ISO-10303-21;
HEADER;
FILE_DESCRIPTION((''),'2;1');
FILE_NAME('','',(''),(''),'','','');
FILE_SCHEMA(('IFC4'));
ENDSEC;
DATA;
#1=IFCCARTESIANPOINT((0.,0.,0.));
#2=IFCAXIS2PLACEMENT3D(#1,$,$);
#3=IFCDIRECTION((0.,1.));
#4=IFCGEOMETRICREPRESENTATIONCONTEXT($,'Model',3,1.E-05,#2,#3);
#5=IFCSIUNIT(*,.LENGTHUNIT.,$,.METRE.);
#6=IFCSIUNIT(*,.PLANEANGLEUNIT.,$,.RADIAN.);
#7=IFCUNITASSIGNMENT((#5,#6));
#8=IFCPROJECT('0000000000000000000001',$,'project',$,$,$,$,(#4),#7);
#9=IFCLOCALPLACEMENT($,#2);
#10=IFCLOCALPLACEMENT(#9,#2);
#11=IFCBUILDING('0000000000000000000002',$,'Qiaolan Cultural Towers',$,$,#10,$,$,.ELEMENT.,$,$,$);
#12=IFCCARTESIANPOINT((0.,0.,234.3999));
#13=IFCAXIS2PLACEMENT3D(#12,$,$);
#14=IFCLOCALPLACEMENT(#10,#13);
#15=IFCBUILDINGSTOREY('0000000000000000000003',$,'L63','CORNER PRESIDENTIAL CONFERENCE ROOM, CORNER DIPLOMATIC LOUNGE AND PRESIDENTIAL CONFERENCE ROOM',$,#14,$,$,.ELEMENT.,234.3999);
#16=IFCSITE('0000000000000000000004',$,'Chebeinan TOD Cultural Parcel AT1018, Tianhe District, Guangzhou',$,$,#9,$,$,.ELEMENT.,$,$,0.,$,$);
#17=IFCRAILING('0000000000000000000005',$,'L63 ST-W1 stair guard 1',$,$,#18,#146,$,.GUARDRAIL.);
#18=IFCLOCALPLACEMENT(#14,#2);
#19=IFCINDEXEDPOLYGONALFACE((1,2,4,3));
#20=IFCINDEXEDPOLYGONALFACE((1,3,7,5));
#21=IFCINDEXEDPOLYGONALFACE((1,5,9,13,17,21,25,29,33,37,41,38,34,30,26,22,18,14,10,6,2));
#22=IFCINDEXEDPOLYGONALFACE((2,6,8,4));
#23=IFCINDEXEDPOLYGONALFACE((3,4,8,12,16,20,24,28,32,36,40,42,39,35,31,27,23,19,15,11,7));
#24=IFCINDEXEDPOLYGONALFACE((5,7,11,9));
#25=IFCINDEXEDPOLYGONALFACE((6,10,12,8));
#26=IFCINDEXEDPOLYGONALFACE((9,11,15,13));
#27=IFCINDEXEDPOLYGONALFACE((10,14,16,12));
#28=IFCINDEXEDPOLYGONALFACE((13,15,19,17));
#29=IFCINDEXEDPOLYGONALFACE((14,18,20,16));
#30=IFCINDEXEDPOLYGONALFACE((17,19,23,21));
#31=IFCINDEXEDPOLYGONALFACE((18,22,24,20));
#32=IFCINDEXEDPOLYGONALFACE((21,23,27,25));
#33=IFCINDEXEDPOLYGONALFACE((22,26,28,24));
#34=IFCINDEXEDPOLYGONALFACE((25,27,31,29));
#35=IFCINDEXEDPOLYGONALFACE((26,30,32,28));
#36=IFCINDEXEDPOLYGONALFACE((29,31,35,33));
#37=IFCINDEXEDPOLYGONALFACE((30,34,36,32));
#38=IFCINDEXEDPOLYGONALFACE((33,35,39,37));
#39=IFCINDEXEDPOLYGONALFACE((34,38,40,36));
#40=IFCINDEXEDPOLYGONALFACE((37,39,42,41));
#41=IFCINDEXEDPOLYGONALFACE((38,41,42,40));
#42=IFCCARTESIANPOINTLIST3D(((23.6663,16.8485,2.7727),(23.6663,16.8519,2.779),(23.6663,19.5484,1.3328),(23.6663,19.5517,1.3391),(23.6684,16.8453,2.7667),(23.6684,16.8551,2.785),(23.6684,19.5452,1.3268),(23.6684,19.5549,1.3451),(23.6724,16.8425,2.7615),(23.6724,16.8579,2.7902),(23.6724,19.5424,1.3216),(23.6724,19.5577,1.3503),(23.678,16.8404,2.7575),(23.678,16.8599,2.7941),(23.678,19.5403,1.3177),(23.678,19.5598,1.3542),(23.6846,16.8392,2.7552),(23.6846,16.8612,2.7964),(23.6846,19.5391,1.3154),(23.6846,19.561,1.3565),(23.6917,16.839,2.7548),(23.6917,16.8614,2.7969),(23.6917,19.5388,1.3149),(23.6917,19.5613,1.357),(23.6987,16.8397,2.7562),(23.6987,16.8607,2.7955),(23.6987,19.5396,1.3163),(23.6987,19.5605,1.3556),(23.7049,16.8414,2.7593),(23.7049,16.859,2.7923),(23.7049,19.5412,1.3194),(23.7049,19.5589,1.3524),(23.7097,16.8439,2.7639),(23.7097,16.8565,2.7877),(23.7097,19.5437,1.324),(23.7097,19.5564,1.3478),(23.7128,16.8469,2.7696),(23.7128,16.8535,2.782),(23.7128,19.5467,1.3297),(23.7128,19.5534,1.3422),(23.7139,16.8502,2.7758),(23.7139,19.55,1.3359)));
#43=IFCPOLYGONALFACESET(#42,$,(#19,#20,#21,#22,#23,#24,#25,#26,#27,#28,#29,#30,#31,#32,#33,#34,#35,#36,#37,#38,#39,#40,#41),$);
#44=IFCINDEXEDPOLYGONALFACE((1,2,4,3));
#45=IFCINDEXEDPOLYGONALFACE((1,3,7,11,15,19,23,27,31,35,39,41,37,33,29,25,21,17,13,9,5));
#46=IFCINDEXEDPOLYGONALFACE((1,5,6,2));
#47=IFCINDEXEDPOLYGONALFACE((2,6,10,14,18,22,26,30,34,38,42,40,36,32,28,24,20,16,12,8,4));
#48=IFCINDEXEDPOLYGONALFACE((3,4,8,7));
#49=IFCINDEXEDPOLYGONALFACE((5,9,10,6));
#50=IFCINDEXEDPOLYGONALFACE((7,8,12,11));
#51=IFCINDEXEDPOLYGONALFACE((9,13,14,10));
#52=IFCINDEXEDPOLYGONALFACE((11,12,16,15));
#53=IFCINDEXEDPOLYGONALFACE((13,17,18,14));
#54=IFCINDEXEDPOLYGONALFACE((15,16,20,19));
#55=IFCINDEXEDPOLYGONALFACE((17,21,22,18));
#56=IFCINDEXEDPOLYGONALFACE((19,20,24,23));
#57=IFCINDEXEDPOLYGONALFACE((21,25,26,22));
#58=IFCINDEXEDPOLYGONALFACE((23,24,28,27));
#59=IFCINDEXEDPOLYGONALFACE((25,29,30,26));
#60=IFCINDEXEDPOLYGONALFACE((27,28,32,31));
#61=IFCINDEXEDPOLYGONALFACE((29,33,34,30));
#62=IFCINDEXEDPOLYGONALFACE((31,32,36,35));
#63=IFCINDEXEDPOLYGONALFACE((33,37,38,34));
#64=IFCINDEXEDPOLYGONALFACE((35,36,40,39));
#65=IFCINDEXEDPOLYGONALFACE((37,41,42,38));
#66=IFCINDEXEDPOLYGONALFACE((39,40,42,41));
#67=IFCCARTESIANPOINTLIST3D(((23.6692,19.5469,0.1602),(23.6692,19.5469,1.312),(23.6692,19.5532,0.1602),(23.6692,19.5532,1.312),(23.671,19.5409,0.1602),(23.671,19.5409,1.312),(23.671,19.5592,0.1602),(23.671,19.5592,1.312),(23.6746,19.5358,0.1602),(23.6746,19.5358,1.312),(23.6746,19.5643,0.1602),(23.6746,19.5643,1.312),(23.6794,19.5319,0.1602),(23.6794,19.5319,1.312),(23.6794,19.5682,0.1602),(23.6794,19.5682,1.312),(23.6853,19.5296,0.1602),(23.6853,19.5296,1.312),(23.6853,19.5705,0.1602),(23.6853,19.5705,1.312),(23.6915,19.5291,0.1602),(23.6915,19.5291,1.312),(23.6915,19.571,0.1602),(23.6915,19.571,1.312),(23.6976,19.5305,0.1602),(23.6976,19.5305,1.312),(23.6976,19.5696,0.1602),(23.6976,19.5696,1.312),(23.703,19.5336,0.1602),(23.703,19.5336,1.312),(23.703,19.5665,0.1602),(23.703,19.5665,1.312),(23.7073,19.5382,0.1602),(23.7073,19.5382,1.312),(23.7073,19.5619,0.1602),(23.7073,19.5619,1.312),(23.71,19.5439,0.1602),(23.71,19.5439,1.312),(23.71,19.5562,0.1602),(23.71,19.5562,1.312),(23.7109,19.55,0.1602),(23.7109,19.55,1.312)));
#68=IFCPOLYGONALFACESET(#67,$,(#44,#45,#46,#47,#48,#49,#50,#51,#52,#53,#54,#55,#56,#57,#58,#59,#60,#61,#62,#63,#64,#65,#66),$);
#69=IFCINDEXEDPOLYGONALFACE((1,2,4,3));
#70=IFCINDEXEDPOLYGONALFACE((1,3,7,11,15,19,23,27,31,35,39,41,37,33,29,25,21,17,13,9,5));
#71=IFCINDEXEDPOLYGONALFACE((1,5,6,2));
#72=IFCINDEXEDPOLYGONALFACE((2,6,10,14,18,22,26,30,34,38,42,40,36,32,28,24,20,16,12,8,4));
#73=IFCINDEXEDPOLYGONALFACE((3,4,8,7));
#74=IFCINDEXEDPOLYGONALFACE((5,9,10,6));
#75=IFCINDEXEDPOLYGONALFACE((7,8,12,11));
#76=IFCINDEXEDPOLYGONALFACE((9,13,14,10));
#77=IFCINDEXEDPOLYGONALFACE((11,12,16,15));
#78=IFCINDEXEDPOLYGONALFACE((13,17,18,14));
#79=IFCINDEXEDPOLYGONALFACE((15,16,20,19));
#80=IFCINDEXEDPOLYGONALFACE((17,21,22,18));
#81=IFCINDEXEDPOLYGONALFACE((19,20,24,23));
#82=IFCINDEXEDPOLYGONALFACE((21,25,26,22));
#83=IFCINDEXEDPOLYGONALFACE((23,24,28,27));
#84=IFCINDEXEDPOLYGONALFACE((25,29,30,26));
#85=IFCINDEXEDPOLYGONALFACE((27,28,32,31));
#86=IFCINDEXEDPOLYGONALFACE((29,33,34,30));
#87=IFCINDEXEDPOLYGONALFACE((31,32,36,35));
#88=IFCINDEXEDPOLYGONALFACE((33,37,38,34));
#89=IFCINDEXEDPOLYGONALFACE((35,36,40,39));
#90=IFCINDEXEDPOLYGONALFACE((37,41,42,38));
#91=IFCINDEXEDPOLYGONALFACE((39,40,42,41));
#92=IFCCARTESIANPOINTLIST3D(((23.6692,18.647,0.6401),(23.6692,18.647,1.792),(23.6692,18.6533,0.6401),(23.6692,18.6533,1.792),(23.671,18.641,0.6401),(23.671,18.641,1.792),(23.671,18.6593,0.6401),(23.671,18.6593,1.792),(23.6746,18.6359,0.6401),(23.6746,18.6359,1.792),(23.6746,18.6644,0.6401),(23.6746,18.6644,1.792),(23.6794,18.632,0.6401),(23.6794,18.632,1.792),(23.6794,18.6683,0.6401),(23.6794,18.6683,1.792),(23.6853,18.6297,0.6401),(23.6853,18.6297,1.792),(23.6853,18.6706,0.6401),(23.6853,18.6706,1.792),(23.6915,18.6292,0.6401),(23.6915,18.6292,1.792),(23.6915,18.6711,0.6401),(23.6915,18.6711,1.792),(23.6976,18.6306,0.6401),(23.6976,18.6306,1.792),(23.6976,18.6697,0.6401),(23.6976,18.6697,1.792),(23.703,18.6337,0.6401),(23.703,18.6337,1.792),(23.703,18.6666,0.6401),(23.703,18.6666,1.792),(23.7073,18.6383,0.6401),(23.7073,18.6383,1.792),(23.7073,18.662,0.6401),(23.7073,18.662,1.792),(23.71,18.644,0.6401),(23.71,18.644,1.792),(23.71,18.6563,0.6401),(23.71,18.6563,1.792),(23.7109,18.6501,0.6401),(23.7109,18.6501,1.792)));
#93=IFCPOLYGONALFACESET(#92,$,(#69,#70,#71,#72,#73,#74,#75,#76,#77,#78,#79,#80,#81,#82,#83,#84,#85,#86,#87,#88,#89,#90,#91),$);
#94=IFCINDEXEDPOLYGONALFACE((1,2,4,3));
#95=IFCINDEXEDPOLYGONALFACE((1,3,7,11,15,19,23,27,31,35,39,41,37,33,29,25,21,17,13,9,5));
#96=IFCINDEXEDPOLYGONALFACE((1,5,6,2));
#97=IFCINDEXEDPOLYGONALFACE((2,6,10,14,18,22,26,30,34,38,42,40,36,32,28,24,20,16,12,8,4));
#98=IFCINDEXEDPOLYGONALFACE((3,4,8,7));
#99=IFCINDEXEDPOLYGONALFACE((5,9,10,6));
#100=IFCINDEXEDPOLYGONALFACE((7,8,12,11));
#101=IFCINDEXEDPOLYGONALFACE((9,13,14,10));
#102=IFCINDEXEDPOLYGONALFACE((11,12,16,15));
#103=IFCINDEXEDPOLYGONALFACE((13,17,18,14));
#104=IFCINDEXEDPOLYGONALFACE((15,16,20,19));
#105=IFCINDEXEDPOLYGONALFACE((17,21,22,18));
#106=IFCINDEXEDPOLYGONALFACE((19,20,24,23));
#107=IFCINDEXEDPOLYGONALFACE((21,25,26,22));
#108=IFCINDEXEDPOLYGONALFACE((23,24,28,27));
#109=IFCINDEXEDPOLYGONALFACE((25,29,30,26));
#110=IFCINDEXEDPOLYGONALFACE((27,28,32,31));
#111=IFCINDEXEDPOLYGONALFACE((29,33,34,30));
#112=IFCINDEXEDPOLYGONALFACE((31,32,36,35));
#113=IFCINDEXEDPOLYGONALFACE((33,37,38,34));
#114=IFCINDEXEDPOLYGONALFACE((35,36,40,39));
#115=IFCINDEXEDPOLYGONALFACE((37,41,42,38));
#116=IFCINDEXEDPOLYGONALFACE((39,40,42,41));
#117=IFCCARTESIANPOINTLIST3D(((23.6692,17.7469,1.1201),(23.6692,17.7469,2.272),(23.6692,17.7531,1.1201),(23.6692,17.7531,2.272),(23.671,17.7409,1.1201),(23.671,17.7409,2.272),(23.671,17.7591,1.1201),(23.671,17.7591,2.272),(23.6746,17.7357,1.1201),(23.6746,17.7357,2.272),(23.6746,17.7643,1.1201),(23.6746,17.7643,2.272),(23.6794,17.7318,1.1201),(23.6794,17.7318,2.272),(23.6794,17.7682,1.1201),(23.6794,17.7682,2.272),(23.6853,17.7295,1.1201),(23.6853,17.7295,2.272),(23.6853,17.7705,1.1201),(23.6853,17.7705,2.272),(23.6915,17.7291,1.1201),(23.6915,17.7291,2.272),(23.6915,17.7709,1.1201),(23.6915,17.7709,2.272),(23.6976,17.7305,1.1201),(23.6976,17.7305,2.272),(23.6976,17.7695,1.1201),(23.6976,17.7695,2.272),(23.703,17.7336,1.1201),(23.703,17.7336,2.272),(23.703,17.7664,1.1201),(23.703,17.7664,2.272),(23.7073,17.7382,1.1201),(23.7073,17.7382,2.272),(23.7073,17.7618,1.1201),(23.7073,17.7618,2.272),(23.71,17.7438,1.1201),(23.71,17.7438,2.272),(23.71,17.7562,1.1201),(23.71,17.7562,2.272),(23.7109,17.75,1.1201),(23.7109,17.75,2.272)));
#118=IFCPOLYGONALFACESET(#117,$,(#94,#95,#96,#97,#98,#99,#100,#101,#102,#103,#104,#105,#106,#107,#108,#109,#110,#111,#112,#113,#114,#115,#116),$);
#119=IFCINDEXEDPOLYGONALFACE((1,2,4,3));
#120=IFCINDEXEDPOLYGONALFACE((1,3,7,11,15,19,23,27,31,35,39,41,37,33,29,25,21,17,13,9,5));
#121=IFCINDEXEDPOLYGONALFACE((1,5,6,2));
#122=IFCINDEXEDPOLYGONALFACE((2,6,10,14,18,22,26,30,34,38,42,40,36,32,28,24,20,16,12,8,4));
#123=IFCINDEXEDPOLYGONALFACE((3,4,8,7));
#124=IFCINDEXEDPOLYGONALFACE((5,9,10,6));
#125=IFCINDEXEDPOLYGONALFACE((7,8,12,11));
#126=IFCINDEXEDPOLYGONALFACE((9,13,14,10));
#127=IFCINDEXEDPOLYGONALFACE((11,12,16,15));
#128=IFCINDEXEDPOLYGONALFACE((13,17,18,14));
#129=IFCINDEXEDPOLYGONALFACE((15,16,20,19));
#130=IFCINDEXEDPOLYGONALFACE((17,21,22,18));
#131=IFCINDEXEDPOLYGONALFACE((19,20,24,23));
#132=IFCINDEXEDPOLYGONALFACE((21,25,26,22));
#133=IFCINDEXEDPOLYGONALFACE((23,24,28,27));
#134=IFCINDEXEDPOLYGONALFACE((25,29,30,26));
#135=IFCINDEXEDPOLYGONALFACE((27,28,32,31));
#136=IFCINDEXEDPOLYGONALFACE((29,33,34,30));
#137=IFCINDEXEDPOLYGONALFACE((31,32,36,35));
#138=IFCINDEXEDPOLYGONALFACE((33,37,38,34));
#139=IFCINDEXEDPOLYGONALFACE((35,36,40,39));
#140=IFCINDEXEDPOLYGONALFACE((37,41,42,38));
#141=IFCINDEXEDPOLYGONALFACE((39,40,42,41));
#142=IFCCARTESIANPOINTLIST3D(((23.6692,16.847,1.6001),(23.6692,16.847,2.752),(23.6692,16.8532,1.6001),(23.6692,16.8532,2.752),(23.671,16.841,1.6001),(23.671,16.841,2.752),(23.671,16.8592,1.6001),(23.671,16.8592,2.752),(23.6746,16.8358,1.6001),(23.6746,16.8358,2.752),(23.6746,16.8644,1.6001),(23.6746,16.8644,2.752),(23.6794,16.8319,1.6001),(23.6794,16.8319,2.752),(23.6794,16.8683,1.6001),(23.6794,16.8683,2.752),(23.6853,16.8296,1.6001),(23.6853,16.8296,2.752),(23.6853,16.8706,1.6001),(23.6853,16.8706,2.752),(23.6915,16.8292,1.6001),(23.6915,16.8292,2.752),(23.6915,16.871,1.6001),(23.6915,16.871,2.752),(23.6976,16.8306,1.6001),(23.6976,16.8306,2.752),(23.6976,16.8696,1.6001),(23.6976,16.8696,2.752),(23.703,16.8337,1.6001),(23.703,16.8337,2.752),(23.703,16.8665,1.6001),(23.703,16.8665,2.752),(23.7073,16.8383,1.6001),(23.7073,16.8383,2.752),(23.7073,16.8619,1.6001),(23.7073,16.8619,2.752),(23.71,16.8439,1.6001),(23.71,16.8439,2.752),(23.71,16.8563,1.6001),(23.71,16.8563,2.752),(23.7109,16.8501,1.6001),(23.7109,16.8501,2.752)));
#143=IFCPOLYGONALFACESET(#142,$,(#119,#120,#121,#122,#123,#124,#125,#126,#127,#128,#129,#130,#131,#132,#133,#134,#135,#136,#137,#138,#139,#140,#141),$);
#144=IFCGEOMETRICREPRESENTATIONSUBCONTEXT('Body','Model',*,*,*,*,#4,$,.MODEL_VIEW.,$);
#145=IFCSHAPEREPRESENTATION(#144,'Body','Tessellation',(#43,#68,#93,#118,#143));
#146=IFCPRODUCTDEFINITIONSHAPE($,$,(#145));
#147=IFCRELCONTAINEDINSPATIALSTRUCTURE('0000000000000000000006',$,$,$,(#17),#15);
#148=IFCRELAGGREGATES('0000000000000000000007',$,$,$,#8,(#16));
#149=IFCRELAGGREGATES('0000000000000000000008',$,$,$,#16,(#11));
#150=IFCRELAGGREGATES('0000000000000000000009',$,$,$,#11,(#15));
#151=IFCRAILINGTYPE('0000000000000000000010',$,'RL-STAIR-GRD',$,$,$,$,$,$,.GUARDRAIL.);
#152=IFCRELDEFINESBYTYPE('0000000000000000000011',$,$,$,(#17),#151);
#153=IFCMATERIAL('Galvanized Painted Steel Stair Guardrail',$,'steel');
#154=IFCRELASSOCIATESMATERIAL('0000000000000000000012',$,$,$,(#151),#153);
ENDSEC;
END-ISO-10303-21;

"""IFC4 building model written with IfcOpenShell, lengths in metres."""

from ifc_helpers import new_model, si_unit, direction, frame, origin, origin_2d, place, context, subcontext, project, spatial, circle, extrude, material, type_object, element, save


model = new_model("IFC4")

# Units and contexts
model_context = context("Model", 3, precision=1e-05, world=origin(), true_north=direction((0.0, 1.0)))
body_context = subcontext(model_context, "Body", "Model", "MODEL_VIEW")
ifc_project = project(units=[si_unit("LENGTHUNIT", "METRE"), si_unit("PLANEANGLEUNIT", "RADIAN")], contexts=[model_context])

# Site, building, storey
site_placement = place(None, origin())
site = spatial("IfcSite", under=ifc_project, at=site_placement, Name="Chebeinan TOD Cultural Parcel AT1018, Tianhe District, Guangzhou", CompositionType="ELEMENT", RefElevation=0.0)
building_placement = place(site_placement, origin())
building = spatial("IfcBuilding", under=site, at=building_placement, Name="Qiaolan Cultural Towers", CompositionType="ELEMENT")
storey_placement = place(building_placement, frame((0.0, 0.0, 234.3999)))
storey = spatial("IfcBuildingStorey", under=building, at=storey_placement, Name="L63", Description="CORNER PRESIDENTIAL CONFERENCE ROOM, CORNER DIPLOMATIC LOUNGE AND PRESIDENTIAL CONFERENCE ROOM", CompositionType="ELEMENT", Elevation=234.3999)

# Railing
ifc_material_1 = material(Name="Galvanized Painted Steel Stair Guardrail", Category="steel")
railing_type_1 = type_object("IfcRailingType", Name="RL-STAIR-GRD", PredefinedType="GUARDRAIL", material=ifc_material_1)
railing_1_placement = place(storey_placement, frame((23.6899, 19.55, 0.1602)))
element("IfcRailing", 1, at=railing_1_placement, inside=storey, type_object=railing_type_1, Name="L63 ST-W1 stair guard 1", PredefinedType="GUARDRAIL", context=body_context, shape_type="SweptSolid", body=[
    extrude(circle(Radius=0.0239, at=origin_2d()), frame((0.0, 0.0, 1.1758), z_axis=(0.0, -0.882357, 0.47058), x_axis=(1.0, 0.0, 0.0)), (0.0, 0.0, 1.0), 3.0598),
    extrude(circle(Radius=0.021, at=origin_2d()), origin(), (0.0, 0.0, 1.0), 1.1519),
    extrude(circle(Radius=0.021, at=origin_2d()), frame((0.0, -0.8999, 0.48)), (0.0, 0.0, 1.0), 1.1519),
    extrude(circle(Radius=0.021, at=origin_2d()), frame((0.0, -1.8, 0.96)), (0.0, 0.0, 1.0), 1.1519),
    extrude(circle(Radius=0.021, at=origin_2d()), frame((0.0, -2.7, 1.4399)), (0.0, 0.0, 1.0), 1.1519),
])

save(model, "model.ifc")
